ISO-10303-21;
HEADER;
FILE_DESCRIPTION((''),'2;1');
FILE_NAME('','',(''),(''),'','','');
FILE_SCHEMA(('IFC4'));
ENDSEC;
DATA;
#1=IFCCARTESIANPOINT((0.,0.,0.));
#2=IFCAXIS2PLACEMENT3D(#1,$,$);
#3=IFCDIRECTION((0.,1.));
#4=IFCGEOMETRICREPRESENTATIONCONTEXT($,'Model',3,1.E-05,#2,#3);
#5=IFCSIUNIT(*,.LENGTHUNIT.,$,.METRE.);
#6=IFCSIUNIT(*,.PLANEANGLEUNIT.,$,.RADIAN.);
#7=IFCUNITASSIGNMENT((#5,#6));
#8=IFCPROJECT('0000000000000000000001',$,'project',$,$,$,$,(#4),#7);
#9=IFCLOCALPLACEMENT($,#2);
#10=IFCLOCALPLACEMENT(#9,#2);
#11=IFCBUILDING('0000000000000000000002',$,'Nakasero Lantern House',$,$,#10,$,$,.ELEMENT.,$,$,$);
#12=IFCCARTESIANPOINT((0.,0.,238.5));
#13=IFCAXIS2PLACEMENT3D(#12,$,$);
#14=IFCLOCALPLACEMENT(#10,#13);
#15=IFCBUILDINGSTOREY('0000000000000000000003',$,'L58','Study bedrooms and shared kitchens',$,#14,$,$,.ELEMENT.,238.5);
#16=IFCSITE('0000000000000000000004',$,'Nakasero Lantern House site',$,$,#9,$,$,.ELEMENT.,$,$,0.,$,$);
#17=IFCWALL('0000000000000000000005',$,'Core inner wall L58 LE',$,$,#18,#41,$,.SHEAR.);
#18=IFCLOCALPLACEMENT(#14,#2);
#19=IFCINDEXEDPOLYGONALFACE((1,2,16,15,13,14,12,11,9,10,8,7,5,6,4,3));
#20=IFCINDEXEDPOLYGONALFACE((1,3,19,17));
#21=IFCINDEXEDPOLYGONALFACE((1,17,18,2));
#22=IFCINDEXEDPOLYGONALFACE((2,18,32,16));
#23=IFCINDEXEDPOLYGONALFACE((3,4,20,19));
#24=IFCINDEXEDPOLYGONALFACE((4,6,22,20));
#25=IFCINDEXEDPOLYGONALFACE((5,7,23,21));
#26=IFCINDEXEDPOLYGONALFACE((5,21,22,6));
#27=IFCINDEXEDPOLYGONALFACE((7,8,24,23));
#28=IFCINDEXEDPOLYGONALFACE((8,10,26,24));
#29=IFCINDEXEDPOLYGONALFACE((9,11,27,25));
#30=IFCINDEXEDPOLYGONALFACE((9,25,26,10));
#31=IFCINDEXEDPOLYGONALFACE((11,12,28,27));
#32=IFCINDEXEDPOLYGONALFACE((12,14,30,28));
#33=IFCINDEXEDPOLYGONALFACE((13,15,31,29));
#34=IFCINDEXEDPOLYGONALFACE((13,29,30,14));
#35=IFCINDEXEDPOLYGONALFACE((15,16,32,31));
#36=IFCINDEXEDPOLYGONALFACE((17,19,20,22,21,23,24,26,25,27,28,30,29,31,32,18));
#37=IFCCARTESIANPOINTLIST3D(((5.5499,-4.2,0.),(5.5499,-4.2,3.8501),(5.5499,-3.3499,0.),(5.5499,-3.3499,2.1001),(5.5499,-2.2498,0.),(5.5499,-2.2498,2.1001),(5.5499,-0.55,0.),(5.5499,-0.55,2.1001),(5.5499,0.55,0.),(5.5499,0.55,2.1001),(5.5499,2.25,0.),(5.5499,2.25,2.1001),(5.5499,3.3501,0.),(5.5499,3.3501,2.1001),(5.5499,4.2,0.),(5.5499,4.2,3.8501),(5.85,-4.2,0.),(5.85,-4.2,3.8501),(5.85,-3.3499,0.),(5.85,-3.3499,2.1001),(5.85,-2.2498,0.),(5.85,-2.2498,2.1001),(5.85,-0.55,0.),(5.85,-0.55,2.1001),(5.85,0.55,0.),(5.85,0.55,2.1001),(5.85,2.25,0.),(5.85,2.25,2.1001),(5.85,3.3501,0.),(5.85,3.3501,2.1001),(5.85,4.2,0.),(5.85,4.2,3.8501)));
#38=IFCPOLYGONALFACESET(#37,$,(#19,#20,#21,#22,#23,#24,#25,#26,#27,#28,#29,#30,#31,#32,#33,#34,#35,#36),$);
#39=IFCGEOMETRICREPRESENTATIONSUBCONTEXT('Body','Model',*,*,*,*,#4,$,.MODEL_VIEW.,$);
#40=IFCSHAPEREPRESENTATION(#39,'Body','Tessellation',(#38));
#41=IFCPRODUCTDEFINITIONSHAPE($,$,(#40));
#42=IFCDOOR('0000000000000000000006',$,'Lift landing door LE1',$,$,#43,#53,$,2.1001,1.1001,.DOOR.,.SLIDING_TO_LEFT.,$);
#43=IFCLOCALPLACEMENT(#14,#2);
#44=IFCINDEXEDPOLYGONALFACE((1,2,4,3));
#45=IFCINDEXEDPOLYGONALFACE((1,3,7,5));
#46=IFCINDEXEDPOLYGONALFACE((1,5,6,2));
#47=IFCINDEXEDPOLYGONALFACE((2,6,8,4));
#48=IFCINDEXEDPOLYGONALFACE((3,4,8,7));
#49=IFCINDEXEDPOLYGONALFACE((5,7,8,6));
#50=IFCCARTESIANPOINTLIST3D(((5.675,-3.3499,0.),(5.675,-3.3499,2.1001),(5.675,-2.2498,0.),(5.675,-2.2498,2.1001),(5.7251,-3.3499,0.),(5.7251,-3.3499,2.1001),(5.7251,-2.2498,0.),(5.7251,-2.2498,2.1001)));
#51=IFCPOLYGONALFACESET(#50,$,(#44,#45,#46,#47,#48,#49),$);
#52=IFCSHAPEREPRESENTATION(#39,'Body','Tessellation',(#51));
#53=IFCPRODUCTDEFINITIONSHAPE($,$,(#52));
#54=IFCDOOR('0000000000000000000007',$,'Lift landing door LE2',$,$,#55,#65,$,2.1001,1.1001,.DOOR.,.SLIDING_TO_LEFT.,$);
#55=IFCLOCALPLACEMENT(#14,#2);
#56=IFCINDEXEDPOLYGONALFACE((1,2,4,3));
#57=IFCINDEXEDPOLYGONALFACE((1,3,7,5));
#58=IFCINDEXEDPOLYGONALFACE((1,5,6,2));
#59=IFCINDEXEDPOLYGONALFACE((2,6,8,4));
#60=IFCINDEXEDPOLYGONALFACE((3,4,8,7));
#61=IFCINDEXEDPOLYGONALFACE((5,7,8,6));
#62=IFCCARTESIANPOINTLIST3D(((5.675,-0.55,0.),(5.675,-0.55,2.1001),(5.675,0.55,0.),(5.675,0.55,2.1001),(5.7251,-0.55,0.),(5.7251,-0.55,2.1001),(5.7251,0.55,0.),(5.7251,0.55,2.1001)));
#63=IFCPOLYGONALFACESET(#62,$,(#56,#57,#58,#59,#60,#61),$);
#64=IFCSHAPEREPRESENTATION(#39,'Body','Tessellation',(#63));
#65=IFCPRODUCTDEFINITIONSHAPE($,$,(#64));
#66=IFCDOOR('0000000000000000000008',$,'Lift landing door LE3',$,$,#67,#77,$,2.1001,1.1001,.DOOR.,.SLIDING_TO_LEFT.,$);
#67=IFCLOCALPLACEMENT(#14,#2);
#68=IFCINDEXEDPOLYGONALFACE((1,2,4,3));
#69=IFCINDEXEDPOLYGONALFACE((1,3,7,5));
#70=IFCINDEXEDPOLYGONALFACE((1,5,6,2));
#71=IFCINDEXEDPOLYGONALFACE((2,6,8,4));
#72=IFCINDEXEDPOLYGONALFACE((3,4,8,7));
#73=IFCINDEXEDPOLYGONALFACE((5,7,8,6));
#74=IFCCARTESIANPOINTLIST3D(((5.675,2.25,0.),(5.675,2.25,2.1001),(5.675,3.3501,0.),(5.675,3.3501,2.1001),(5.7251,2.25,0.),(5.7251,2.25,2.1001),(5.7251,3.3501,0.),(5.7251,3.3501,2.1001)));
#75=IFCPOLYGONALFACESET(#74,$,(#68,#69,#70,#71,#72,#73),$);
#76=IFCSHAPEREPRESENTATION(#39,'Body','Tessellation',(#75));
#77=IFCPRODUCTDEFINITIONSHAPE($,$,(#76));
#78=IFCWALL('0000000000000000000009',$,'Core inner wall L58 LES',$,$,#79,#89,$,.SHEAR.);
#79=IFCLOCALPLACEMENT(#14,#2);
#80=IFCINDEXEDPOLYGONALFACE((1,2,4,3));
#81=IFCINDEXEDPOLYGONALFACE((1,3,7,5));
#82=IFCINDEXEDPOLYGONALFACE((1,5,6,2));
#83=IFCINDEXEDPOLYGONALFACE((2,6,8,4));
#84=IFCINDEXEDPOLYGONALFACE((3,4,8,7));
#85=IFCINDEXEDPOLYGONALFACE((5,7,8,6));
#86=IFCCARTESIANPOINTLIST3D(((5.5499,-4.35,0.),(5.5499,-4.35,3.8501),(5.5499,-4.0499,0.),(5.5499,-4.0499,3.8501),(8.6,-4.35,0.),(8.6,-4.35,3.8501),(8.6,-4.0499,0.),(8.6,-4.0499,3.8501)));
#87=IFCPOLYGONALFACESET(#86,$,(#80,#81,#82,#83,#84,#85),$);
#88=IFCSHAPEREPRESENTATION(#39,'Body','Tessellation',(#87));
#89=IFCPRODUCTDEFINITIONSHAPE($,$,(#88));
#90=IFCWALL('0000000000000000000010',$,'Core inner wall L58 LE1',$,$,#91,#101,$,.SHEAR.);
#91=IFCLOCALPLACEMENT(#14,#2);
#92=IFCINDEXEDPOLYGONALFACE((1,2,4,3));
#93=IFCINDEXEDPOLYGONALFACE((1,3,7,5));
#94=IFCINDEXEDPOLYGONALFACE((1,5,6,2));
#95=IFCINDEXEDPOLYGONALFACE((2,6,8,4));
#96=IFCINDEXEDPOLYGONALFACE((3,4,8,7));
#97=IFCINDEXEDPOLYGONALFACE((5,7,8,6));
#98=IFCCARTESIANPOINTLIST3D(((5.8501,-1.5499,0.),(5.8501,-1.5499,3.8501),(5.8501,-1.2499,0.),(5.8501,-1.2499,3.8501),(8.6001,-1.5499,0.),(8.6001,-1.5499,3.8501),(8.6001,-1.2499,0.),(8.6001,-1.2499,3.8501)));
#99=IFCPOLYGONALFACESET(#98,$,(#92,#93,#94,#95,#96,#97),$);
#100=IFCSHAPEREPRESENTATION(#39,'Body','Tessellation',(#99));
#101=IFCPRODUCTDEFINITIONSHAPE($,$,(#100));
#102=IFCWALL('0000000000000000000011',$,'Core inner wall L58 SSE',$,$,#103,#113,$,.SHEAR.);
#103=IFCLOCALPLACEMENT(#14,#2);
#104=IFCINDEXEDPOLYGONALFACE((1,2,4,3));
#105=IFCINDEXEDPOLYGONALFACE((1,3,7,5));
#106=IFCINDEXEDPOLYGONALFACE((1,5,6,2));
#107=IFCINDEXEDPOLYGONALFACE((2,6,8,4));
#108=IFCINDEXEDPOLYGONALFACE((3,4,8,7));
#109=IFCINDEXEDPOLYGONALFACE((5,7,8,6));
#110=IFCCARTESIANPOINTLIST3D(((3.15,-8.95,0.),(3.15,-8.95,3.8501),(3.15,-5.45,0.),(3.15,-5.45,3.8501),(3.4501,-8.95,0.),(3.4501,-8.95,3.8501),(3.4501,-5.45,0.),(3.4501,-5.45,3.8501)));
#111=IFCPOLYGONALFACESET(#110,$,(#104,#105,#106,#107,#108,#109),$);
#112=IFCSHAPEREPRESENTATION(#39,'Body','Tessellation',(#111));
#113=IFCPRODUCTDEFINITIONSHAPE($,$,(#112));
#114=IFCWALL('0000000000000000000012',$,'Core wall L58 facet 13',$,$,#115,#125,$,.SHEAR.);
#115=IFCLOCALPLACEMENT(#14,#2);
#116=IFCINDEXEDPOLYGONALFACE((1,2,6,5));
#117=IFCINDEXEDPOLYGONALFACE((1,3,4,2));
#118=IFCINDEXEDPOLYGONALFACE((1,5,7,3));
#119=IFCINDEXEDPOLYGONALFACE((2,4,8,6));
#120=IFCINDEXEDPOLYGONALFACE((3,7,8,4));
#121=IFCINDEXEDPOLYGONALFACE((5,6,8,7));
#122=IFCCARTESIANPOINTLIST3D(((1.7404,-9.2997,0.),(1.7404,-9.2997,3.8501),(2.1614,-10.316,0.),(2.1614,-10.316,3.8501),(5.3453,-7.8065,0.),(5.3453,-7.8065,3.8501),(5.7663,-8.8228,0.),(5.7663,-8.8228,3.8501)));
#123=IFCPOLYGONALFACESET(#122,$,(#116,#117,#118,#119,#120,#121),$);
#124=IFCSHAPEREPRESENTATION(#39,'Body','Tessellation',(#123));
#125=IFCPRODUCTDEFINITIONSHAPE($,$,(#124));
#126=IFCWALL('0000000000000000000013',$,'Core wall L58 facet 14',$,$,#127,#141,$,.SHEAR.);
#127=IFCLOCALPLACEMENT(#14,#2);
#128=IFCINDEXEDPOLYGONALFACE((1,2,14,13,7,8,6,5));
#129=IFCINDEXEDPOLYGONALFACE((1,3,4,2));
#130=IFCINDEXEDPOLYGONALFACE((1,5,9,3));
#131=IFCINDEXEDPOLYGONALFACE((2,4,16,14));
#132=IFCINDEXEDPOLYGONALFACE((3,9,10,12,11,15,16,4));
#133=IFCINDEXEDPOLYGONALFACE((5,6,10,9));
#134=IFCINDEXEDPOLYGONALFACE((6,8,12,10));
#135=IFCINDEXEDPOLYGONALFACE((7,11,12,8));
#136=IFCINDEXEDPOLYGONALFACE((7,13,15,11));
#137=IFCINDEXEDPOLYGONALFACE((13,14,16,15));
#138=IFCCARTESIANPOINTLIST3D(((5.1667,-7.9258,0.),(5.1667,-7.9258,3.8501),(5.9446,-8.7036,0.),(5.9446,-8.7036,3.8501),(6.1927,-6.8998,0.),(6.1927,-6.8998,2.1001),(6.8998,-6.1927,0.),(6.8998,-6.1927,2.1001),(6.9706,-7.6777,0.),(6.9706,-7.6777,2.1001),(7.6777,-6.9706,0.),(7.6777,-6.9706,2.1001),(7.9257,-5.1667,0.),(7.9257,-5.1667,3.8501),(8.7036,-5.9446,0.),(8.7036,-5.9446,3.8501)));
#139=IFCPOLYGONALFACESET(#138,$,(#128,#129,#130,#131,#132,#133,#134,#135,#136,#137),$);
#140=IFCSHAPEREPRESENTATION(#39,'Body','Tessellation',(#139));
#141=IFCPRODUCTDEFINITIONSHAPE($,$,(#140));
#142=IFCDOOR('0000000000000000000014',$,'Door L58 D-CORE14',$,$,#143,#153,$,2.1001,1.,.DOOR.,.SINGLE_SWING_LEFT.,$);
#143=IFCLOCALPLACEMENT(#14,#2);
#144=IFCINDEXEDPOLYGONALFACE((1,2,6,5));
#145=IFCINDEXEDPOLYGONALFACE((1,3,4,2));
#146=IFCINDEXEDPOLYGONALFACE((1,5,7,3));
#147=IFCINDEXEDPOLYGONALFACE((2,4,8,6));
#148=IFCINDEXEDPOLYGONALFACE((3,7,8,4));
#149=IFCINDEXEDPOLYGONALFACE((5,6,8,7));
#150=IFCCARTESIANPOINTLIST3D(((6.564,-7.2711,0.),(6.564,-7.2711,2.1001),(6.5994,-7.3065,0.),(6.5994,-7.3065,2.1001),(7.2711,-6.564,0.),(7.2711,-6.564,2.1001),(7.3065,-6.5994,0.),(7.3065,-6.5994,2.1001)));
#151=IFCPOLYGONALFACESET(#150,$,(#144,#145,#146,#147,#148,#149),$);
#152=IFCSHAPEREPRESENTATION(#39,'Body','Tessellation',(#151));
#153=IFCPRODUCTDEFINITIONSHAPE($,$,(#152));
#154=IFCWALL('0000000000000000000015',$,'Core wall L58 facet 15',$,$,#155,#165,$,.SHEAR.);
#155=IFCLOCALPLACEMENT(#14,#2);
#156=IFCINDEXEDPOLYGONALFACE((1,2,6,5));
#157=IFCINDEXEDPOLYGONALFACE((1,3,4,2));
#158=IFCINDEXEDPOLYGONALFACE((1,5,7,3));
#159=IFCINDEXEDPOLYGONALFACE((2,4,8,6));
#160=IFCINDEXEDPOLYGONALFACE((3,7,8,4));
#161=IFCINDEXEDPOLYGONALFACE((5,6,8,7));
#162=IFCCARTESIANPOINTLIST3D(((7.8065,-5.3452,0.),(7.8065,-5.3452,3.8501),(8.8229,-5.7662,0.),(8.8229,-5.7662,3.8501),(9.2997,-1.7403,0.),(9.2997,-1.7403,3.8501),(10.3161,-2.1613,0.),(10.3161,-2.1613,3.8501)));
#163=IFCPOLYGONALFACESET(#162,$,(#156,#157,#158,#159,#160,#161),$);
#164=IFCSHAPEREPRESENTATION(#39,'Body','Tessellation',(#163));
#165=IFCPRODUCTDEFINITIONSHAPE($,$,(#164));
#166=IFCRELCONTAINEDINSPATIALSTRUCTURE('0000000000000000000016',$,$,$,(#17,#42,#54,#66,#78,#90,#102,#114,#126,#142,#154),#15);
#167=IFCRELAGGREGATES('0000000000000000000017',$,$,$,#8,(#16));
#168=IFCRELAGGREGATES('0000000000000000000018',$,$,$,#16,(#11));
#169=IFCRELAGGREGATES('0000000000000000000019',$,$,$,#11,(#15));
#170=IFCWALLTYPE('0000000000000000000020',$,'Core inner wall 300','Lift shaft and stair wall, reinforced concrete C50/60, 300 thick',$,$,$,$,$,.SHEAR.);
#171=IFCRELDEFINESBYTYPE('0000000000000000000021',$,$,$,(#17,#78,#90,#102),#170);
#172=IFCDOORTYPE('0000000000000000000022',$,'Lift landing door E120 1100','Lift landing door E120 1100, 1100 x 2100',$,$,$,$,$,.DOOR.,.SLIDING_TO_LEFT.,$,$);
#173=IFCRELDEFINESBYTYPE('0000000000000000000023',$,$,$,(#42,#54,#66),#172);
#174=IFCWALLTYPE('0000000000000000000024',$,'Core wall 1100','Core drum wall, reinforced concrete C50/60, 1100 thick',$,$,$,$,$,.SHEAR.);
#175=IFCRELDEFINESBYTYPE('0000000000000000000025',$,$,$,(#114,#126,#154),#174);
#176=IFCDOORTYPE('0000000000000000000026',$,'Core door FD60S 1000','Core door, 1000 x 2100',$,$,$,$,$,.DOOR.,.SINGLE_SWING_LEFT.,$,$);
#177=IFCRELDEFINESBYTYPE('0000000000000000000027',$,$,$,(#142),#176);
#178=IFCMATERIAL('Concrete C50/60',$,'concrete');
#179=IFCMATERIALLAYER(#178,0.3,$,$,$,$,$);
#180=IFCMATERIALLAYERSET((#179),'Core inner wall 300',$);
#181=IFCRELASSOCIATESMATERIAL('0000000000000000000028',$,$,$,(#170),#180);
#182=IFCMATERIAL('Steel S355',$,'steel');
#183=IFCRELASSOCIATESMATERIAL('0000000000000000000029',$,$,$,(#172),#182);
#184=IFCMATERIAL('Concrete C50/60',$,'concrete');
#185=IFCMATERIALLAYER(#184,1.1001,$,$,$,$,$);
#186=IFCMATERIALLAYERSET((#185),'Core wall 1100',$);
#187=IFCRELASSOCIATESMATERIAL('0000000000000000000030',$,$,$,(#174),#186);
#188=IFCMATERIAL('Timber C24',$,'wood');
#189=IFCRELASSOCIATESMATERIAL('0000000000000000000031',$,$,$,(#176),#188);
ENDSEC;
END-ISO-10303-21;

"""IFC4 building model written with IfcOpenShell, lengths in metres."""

from ifc_helpers import new_model, si_unit, direction, frame, frame_2d, origin, place, context, subcontext, project, spatial, rectangle, extrude, material, layer, layer_set, type_object, element, fill, save


model = new_model("IFC4")

# Units and contexts
model_context = context("Model", 3, precision=1e-05, world=origin(), true_north=direction((0.0, 1.0)))
body_context = subcontext(model_context, "Body", "Model", "MODEL_VIEW")
ifc_project = project(units=[si_unit("LENGTHUNIT", "METRE"), si_unit("PLANEANGLEUNIT", "RADIAN")], contexts=[model_context])

# Site, building, storey
site_placement = place(None, origin())
site = spatial("IfcSite", under=ifc_project, at=site_placement, Name="Nakasero Lantern House site", CompositionType="ELEMENT", RefElevation=0.0)
building_placement = place(site_placement, origin())
building = spatial("IfcBuilding", under=site, at=building_placement, Name="Nakasero Lantern House", CompositionType="ELEMENT")
storey_placement = place(building_placement, frame((0.0, 0.0, 238.5)))
storey = spatial("IfcBuildingStorey", under=building, at=storey_placement, Name="L58", Description="Study bedrooms and shared kitchens", CompositionType="ELEMENT", Elevation=238.5)

# Wall, openings, doors
ifc_material_1 = material(Name="Concrete C50/60", Category="concrete")
ifc_layer_1 = layer(ifc_material_1, 0.3)
ifc_layer_set_1 = layer_set([ifc_layer_1], Name="Core inner wall 300")
wall_type_1 = type_object("IfcWallType", Name="Core inner wall 300", Description="Lift shaft and stair wall, reinforced concrete C50/60, 300 thick", PredefinedType="SHEAR", material=ifc_layer_set_1)
wall_1_placement = place(storey_placement, frame((5.7, -4.2, 0.0), z_axis=(0.0, 0.0, 1.0), x_axis=(0.0, 1.0, 0.0)))
wall_1 = element("IfcWall", 1, at=wall_1_placement, inside=storey, type_object=wall_type_1, Name="Core inner wall L58 LE", PredefinedType="SHEAR", context=body_context, shape_type="SweptSolid", body=[
    extrude(rectangle(XDim=8.3999, YDim=0.3, at=frame_2d((4.2, 0.0))), origin(), (0.0, 0.0, 1.0), 3.8501),
])
opening_1_placement = place(wall_1_placement, frame((0.8501, 0.0, 0.0)))
opening_1 = element("IfcOpeningElement", 2, at=opening_1_placement, cuts=wall_1, PredefinedType="OPENING", context=body_context, shape_type="SweptSolid", body=[
    extrude(rectangle(XDim=1.1001, YDim=2.1001, at=frame_2d((0.55, 1.05))), frame((0.0, 0.1699, 0.0), z_axis=(0.0, -1.0, 0.0), x_axis=(1.0, 0.0, 0.0)), (0.0, 0.0, 1.0), 0.3401),
])
opening_2_placement = place(wall_1_placement, frame((3.6499, 0.0, 0.0)))
opening_2 = element("IfcOpeningElement", 3, at=opening_2_placement, cuts=wall_1, PredefinedType="OPENING", context=body_context, shape_type="SweptSolid", body=[
    extrude(rectangle(XDim=1.1001, YDim=2.1001, at=frame_2d((0.55, 1.05))), frame((0.0, 0.1699, 0.0), z_axis=(0.0, -1.0, 0.0), x_axis=(1.0, 0.0, 0.0)), (0.0, 0.0, 1.0), 0.3401),
])
opening_3_placement = place(wall_1_placement, frame((6.45, 0.0, 0.0)))
opening_3 = element("IfcOpeningElement", 4, at=opening_3_placement, cuts=wall_1, PredefinedType="OPENING", context=body_context, shape_type="SweptSolid", body=[
    extrude(rectangle(XDim=1.1001, YDim=2.1001, at=frame_2d((0.55, 1.05))), frame((0.0, 0.1699, 0.0), z_axis=(0.0, -1.0, 0.0), x_axis=(1.0, 0.0, 0.0)), (0.0, 0.0, 1.0), 0.3401),
])
ifc_material_2 = material(Name="Steel S355", Category="steel")
door_type_1 = type_object("IfcDoorType", Name="Lift landing door E120 1100", Description="Lift landing door E120 1100, 1100 x 2100", OperationType="SLIDING_TO_LEFT", PredefinedType="DOOR", material=ifc_material_2)
door_1_placement = place(opening_1_placement, origin())
door_1 = element("IfcDoor", 5, at=door_1_placement, inside=storey, type_object=door_type_1, Name="Lift landing door LE1", OperationType="SLIDING_TO_LEFT", OverallHeight=2.1001, OverallWidth=1.1001, PredefinedType="DOOR", context=body_context, shape_type="SweptSolid", body=[
    extrude(rectangle(XDim=1.1001, YDim=2.1001, at=frame_2d((0.55, 1.05))), frame((0.0, 0.0249, 0.0), z_axis=(0.0, -1.0, 0.0), x_axis=(1.0, 0.0, 0.0)), (0.0, 0.0, 1.0), 0.05),
])
fill(opening_1, door_1)
door_2_placement = place(opening_2_placement, origin())
door_2 = element("IfcDoor", 6, at=door_2_placement, inside=storey, type_object=door_type_1, Name="Lift landing door LE2", OperationType="SLIDING_TO_LEFT", OverallHeight=2.1001, OverallWidth=1.1001, PredefinedType="DOOR", context=body_context, shape_type="SweptSolid", body=[
    extrude(rectangle(XDim=1.1001, YDim=2.1001, at=frame_2d((0.55, 1.05))), frame((0.0, 0.0249, 0.0), z_axis=(0.0, -1.0, 0.0), x_axis=(1.0, 0.0, 0.0)), (0.0, 0.0, 1.0), 0.05),
])
fill(opening_2, door_2)
door_3_placement = place(opening_3_placement, origin())
door_3 = element("IfcDoor", 7, at=door_3_placement, inside=storey, type_object=door_type_1, Name="Lift landing door LE3", OperationType="SLIDING_TO_LEFT", OverallHeight=2.1001, OverallWidth=1.1001, PredefinedType="DOOR", context=body_context, shape_type="SweptSolid", body=[
    extrude(rectangle(XDim=1.1001, YDim=2.1001, at=frame_2d((0.55, 1.05))), frame((0.0, 0.0249, 0.0), z_axis=(0.0, -1.0, 0.0), x_axis=(1.0, 0.0, 0.0)), (0.0, 0.0, 1.0), 0.05),
])
fill(opening_3, door_3)

# Walls
wall_2_placement = place(storey_placement, frame((5.55, -4.2, 0.0), z_axis=(0.0, 0.0, 1.0), x_axis=(1.0, 0.0, 0.0)))
element("IfcWall", 8, at=wall_2_placement, inside=storey, type_object=wall_type_1, Name="Core inner wall L58 LES", PredefinedType="SHEAR", context=body_context, shape_type="SweptSolid", body=[
    extrude(rectangle(XDim=3.05, YDim=0.3, at=frame_2d((1.5249, 0.0))), origin(), (0.0, 0.0, 1.0), 3.8501),
])
wall_3_placement = place(storey_placement, frame((5.8501, -1.3999, 0.0), z_axis=(0.0, 0.0, 1.0), x_axis=(1.0, 0.0, 0.0)))
element("IfcWall", 9, at=wall_3_placement, inside=storey, type_object=wall_type_1, Name="Core inner wall L58 LE1", PredefinedType="SHEAR", context=body_context, shape_type="SweptSolid", body=[
    extrude(rectangle(XDim=2.75, YDim=0.3, at=frame_2d((1.375, 0.0))), origin(), (0.0, 0.0, 1.0), 3.8501),
])
wall_4_placement = place(storey_placement, frame((3.3, -5.45, 0.0), z_axis=(0.0, 0.0, 1.0), x_axis=(0.0, -1.0, 0.0)))
element("IfcWall", 10, at=wall_4_placement, inside=storey, type_object=wall_type_1, Name="Core inner wall L58 SSE", PredefinedType="SHEAR", context=body_context, shape_type="SweptSolid", body=[
    extrude(rectangle(XDim=3.5, YDim=0.3, at=frame_2d((1.75, 0.0))), origin(), (0.0, 0.0, 1.0), 3.8501),
])
ifc_material_3 = material(Name="Concrete C50/60", Category="concrete")
ifc_layer_2 = layer(ifc_material_3, 1.1001)
ifc_layer_set_2 = layer_set([ifc_layer_2], Name="Core wall 1100")
wall_type_2 = type_object("IfcWallType", Name="Core wall 1100", Description="Core drum wall, reinforced concrete C50/60, 1100 thick", PredefinedType="SHEAR", material=ifc_layer_set_2)
wall_5_placement = place(storey_placement, frame((1.9509, -9.8079, 0.0), z_axis=(0.0, 0.0, 1.0), x_axis=(0.923877, 0.382691, 0.0)))
element("IfcWall", 11, at=wall_5_placement, inside=storey, type_object=wall_type_2, Name="Core wall L58 facet 13", PredefinedType="SHEAR", context=body_context, shape_type="SweptSolid", body=[
    extrude(rectangle(XDim=3.9019, YDim=1.1001, at=frame_2d((1.9509, 0.0))), origin(), (0.0, 0.0, 1.0), 3.8501),
])

# Wall, opening, door
wall_6_placement = place(storey_placement, frame((5.5557, -8.3147, 0.0), z_axis=(0.0, 0.0, 1.0), x_axis=(0.707107, 0.707107, 0.0)))
wall_6 = element("IfcWall", 12, at=wall_6_placement, inside=storey, type_object=wall_type_2, Name="Core wall L58 facet 14", PredefinedType="SHEAR", context=body_context, shape_type="SweptSolid", body=[
    extrude(rectangle(XDim=3.9019, YDim=1.1001, at=frame_2d((1.9509, 0.0))), origin(), (0.0, 0.0, 1.0), 3.8501),
])
opening_4_placement = place(wall_6_placement, frame((1.4509, 0.0, 0.0)))
opening_4 = element("IfcOpeningElement", 13, at=opening_4_placement, cuts=wall_6, PredefinedType="OPENING", context=body_context, shape_type="SweptSolid", body=[
    extrude(rectangle(XDim=1.0, YDim=2.1001, at=frame_2d((0.5, 1.05))), frame((0.0, 0.5701, 0.0), z_axis=(0.0, -1.0, 0.0), x_axis=(1.0, 0.0, 0.0)), (0.0, 0.0, 1.0), 1.1401),
])
ifc_material_4 = material(Name="Timber C24", Category="wood")
door_type_2 = type_object("IfcDoorType", Name="Core door FD60S 1000", Description="Core door, 1000 x 2100", OperationType="SINGLE_SWING_LEFT", PredefinedType="DOOR", material=ifc_material_4)
door_4_placement = place(opening_4_placement, origin())
door_4 = element("IfcDoor", 14, at=door_4_placement, inside=storey, type_object=door_type_2, Name="Door L58 D-CORE14", OperationType="SINGLE_SWING_LEFT", OverallHeight=2.1001, OverallWidth=1.0, PredefinedType="DOOR", context=body_context, shape_type="SweptSolid", body=[
    extrude(rectangle(XDim=1.0, YDim=2.1001, at=frame_2d((0.5, 1.05))), frame((0.0, 0.0249, 0.0), z_axis=(0.0, -1.0, 0.0), x_axis=(1.0, 0.0, 0.0)), (0.0, 0.0, 1.0), 0.05),
])
fill(opening_4, door_4)

# Wall
wall_7_placement = place(storey_placement, frame((8.3147, -5.5557, 0.0), z_axis=(0.0, 0.0, 1.0), x_axis=(0.382691, 0.923877, 0.0)))
element("IfcWall", 15, at=wall_7_placement, inside=storey, type_object=wall_type_2, Name="Core wall L58 facet 15", PredefinedType="SHEAR", context=body_context, shape_type="SweptSolid", body=[
    extrude(rectangle(XDim=3.9019, YDim=1.1001, at=frame_2d((1.9509, 0.0))), origin(), (0.0, 0.0, 1.0), 3.8501),
])

save(model, "model.ifc")
